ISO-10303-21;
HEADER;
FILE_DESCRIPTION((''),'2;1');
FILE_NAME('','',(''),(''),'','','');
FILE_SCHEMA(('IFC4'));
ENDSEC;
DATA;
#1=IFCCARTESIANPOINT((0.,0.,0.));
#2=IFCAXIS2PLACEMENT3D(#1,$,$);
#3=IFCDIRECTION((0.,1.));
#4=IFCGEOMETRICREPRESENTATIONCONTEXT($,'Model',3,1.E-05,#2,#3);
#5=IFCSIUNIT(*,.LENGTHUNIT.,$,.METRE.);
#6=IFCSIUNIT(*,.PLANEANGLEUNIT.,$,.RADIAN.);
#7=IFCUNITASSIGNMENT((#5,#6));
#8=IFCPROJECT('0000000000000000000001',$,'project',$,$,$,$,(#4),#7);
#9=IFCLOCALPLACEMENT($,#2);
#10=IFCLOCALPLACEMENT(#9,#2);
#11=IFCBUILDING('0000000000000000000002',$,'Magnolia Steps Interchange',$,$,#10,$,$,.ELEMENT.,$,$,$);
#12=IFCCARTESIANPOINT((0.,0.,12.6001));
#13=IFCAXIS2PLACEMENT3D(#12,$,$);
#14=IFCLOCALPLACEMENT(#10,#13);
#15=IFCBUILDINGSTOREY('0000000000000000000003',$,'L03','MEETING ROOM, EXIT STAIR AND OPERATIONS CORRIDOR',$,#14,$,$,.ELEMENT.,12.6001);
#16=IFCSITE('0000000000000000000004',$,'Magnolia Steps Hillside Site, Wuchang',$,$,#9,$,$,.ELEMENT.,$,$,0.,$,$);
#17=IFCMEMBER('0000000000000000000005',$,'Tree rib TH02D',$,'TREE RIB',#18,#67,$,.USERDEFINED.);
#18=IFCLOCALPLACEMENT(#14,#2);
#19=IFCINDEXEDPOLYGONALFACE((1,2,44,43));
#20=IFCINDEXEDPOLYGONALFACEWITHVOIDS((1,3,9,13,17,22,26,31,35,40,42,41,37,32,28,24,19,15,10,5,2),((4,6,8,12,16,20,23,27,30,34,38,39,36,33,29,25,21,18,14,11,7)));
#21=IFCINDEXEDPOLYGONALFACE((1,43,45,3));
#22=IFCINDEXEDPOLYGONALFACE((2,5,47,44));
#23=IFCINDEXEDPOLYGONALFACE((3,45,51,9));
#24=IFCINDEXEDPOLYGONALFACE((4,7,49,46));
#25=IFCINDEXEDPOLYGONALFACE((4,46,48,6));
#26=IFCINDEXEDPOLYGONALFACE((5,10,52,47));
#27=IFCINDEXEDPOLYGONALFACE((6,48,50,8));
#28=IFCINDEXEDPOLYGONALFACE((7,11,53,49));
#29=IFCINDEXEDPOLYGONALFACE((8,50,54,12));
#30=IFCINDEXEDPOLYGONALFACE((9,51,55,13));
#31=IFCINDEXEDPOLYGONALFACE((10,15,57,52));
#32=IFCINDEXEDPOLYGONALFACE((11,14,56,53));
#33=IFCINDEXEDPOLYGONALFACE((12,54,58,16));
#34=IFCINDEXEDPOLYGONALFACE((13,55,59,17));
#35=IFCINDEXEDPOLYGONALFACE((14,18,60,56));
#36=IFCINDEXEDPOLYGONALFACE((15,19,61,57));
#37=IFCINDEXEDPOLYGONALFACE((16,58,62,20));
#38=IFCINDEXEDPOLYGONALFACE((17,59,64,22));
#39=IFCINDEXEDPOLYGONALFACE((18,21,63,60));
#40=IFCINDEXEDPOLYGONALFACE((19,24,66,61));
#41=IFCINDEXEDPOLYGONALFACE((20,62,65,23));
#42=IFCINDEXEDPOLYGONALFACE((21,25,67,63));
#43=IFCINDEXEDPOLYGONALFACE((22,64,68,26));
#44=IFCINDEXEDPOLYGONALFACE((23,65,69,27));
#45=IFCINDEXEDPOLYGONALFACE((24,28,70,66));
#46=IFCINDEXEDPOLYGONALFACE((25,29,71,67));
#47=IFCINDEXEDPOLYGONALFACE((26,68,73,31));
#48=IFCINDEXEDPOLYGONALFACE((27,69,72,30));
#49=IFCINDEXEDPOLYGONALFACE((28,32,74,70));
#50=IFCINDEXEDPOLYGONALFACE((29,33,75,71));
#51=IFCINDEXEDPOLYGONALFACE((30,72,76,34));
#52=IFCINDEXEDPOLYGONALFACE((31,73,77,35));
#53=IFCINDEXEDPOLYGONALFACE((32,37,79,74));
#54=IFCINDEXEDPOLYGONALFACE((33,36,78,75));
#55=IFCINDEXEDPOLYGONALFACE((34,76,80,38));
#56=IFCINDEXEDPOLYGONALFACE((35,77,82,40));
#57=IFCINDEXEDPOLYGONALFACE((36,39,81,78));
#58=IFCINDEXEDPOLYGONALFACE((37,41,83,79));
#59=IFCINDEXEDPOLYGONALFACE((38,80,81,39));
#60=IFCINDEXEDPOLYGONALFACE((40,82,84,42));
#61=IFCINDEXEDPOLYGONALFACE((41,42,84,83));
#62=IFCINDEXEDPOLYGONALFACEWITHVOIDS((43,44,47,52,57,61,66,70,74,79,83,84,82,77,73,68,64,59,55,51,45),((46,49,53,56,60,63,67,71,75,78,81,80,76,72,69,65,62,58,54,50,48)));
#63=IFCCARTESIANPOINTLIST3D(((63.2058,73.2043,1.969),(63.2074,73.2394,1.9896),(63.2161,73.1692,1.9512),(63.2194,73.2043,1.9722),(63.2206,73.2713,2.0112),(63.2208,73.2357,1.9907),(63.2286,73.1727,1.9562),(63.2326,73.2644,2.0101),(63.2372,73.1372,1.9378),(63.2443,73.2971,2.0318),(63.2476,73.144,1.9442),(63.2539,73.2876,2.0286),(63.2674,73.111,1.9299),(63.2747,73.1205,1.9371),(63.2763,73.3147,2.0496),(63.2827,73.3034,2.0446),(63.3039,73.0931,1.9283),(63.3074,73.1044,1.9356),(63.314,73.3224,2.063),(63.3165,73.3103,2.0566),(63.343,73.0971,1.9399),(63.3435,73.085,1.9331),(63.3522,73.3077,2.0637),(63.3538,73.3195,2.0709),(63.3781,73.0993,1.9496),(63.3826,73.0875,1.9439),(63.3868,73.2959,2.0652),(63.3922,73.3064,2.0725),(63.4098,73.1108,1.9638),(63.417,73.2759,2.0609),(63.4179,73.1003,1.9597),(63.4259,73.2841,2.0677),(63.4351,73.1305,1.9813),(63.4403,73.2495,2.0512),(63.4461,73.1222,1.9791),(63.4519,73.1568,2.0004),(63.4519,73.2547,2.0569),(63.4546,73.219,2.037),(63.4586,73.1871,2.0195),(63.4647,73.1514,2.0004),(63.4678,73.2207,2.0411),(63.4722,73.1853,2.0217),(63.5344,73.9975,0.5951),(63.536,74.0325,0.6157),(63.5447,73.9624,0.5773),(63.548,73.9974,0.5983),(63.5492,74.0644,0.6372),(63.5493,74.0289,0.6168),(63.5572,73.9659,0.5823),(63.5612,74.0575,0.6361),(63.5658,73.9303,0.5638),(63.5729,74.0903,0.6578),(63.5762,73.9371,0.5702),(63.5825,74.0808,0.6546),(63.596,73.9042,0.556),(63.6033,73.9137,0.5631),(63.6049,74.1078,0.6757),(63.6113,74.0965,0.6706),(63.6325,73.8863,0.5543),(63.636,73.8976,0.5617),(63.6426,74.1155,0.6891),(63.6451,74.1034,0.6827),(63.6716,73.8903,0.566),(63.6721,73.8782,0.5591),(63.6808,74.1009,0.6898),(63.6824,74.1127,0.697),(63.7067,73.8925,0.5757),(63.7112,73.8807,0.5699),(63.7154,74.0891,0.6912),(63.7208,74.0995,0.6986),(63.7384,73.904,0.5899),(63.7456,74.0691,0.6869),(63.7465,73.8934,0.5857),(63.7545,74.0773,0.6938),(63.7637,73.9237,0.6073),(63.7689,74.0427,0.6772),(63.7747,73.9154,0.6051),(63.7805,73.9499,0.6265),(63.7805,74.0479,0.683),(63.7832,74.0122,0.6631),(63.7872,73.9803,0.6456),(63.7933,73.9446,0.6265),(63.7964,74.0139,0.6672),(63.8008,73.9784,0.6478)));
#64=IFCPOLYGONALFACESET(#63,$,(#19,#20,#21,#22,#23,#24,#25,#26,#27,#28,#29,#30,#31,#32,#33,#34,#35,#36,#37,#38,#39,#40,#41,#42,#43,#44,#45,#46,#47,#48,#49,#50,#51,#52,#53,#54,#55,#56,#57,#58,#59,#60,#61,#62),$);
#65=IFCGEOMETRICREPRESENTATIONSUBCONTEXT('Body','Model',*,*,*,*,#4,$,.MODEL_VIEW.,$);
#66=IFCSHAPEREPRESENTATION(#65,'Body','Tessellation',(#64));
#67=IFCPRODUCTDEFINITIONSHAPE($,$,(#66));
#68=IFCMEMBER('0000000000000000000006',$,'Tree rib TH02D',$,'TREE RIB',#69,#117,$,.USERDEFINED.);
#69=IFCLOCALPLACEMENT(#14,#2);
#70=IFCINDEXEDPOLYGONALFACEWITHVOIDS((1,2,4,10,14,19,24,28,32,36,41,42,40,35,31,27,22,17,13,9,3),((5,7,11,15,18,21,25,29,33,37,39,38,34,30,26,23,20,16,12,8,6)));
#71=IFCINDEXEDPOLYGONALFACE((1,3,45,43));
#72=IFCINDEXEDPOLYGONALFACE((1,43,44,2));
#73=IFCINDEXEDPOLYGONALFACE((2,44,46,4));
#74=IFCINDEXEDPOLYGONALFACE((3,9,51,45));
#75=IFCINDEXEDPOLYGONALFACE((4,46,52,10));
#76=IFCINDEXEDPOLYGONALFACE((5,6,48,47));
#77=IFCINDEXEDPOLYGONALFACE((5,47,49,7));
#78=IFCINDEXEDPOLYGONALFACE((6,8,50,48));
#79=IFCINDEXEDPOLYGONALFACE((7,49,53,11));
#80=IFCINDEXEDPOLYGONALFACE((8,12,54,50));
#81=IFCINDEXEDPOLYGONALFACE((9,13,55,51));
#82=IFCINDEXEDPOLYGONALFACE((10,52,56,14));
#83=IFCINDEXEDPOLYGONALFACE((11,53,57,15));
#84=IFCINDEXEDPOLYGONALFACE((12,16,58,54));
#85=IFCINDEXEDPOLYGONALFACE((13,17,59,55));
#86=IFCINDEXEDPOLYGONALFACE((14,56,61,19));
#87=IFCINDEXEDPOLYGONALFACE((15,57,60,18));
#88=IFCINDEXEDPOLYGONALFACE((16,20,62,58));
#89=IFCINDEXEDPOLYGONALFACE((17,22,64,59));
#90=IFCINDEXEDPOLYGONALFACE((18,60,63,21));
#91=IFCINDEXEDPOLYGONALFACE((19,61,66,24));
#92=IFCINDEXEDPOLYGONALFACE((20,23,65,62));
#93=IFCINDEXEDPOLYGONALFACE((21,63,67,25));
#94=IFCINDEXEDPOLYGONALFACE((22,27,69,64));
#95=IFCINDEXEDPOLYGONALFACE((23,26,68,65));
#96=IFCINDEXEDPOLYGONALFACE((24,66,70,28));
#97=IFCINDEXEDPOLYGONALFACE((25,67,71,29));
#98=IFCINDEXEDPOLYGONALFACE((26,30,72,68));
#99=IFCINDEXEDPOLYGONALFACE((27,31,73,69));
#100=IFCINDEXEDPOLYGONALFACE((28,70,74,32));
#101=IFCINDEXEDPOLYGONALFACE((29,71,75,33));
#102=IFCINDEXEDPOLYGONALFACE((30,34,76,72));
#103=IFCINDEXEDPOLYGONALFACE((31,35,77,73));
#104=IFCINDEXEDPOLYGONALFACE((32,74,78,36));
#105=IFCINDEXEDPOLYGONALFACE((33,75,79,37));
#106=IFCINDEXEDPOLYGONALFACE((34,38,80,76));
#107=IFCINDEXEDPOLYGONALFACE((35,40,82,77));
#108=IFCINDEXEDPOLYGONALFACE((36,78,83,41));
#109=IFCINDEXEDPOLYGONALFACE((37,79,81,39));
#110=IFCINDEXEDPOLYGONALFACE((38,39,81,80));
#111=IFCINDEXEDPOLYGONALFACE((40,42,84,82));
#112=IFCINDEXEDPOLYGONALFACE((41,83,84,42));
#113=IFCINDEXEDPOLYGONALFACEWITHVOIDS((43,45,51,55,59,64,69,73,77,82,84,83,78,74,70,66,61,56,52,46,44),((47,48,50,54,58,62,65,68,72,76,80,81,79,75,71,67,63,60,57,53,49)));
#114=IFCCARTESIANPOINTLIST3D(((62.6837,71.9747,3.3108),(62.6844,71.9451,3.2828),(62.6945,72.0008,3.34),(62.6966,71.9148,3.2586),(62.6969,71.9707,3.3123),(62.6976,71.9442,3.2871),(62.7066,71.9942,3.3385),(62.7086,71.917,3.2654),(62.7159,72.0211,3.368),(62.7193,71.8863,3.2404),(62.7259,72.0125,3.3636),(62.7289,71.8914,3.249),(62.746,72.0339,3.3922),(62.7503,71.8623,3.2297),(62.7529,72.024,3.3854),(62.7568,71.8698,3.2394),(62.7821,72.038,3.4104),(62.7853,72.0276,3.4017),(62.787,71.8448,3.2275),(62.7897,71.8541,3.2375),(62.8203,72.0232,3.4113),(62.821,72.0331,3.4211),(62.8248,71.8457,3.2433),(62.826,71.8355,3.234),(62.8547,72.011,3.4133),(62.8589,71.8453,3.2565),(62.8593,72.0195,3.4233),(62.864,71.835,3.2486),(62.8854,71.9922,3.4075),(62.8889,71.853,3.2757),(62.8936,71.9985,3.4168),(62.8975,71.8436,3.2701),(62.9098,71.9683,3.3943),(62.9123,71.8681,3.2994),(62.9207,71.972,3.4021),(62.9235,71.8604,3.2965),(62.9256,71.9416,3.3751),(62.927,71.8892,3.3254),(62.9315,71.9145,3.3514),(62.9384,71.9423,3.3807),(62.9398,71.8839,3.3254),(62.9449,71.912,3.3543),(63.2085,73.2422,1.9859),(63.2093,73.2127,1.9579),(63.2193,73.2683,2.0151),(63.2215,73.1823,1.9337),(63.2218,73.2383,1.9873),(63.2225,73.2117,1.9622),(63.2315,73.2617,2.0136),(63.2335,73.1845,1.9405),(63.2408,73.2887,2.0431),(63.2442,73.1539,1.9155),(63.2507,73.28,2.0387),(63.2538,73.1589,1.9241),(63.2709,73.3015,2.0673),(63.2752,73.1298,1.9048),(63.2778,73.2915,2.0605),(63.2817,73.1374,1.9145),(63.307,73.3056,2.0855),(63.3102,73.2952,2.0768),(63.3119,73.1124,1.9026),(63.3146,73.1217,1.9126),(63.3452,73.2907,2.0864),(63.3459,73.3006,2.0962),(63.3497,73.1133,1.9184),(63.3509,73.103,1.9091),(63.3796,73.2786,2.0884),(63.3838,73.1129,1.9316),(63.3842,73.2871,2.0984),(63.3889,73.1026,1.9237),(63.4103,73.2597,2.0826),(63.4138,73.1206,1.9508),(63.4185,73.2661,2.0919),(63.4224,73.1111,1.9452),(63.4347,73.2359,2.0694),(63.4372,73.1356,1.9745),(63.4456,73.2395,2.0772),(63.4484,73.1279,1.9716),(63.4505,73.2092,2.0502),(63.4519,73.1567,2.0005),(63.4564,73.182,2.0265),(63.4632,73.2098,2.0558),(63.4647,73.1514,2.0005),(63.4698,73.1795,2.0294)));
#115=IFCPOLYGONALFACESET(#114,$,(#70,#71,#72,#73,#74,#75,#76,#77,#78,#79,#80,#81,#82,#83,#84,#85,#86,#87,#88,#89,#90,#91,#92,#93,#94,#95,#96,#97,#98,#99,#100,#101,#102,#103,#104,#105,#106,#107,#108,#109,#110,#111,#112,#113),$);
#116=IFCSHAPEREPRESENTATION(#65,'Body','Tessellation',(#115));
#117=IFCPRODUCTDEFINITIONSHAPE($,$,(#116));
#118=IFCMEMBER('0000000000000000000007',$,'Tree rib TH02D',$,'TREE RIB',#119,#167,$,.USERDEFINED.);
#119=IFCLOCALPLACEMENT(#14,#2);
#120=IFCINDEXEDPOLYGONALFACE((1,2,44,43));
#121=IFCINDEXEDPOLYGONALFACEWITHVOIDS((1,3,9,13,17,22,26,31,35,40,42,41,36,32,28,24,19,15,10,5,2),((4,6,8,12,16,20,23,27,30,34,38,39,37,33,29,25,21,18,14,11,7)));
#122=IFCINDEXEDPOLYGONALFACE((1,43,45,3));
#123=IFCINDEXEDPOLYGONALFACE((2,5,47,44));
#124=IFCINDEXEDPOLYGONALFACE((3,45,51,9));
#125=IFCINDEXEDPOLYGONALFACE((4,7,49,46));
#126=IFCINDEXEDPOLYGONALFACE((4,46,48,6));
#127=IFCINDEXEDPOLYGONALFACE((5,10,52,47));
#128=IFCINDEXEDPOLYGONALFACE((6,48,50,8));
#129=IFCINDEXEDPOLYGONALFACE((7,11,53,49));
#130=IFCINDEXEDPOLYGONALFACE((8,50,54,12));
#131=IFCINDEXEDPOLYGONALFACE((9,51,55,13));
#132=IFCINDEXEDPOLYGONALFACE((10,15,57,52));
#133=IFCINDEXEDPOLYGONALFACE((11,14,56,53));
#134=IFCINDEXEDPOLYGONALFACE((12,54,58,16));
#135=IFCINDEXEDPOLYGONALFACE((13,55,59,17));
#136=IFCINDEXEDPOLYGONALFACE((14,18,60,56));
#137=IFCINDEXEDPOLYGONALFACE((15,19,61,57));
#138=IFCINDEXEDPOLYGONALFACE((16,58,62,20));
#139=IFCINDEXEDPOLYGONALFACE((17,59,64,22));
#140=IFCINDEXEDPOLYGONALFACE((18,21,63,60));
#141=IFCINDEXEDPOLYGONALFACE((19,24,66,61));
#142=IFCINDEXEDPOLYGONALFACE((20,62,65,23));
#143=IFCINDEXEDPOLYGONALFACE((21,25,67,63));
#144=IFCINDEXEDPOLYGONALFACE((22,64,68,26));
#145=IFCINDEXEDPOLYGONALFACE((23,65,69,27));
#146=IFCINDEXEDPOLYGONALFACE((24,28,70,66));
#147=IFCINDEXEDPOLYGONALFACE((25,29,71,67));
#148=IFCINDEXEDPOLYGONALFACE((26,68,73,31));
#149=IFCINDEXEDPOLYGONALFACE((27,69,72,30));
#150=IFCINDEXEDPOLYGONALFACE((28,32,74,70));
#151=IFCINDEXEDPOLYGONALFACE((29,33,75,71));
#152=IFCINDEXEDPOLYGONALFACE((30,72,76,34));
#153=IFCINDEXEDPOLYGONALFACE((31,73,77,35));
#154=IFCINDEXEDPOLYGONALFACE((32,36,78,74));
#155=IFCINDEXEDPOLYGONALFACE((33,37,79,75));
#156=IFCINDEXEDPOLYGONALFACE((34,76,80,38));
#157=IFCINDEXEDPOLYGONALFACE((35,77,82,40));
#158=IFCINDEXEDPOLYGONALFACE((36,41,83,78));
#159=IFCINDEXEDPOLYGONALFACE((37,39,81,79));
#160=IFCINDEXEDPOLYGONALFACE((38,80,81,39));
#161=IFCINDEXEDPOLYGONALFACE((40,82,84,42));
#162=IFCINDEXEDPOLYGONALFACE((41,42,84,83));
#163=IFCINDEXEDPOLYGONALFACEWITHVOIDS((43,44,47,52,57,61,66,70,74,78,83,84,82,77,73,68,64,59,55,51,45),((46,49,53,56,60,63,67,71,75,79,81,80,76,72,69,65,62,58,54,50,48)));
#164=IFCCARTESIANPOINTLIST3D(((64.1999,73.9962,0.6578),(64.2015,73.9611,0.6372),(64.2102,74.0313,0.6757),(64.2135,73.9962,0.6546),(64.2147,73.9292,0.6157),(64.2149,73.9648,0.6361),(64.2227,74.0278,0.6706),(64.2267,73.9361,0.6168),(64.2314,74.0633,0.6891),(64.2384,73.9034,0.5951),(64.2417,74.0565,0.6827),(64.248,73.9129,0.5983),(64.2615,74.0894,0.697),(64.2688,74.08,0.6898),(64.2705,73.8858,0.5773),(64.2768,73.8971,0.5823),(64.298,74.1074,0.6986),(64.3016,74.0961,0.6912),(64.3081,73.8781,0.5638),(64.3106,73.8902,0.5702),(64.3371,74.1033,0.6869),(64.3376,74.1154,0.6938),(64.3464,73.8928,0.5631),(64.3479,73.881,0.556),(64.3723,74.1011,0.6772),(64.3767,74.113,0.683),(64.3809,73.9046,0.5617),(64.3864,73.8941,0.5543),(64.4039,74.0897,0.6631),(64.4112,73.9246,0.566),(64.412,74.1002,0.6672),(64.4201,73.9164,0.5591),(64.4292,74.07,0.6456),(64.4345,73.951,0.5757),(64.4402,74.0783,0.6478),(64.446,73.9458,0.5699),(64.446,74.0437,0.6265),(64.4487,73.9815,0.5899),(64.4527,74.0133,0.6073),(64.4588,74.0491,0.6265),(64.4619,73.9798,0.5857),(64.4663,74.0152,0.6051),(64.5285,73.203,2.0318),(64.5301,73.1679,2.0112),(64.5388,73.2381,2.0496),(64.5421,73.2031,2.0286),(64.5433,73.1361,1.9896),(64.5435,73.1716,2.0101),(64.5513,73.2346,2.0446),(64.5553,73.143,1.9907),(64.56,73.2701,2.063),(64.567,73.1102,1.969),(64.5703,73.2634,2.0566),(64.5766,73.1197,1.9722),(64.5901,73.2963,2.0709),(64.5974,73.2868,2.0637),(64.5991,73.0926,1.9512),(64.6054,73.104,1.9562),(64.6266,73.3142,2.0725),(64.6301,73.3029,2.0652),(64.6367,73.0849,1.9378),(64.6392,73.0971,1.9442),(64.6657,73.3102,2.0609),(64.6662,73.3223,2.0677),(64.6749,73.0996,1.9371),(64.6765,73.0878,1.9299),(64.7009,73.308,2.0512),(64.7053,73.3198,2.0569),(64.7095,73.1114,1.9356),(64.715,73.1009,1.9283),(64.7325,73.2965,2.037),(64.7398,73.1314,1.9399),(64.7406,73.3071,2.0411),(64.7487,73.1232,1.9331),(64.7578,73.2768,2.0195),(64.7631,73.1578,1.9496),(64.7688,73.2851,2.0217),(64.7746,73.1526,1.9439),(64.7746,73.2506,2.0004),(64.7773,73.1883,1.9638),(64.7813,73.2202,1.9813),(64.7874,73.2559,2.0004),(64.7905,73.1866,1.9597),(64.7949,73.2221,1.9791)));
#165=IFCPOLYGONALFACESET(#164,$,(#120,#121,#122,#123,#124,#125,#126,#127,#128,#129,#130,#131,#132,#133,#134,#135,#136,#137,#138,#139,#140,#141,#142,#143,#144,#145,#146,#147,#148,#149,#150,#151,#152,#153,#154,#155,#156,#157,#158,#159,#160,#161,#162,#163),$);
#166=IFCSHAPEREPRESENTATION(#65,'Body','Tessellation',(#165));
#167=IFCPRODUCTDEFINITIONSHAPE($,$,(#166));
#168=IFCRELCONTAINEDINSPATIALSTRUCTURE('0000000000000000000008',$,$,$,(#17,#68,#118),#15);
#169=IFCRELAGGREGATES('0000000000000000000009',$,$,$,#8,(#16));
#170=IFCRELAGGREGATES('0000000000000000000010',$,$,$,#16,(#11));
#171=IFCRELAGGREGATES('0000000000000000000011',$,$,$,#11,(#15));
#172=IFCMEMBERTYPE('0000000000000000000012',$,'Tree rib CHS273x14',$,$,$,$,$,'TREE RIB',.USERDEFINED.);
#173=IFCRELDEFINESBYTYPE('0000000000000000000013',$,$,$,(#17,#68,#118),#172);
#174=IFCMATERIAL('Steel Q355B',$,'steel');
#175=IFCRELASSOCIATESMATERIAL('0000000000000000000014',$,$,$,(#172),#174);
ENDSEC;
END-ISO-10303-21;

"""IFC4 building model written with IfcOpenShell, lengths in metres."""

from ifc_helpers import new_model, si_unit, direction, frame, origin, origin_2d, place, context, subcontext, project, spatial, hollow_circle, extrude, material, material_profile, profile_set, type_object, element, save


model = new_model("IFC4")

# Units and contexts
model_context = context("Model", 3, precision=1e-05, world=origin(), true_north=direction((0.0, 1.0)))
body_context = subcontext(model_context, "Body", "Model", "MODEL_VIEW")
ifc_project = project(units=[si_unit("LENGTHUNIT", "METRE"), si_unit("PLANEANGLEUNIT", "RADIAN")], contexts=[model_context])

# Site, building, storey
site_placement = place(None, origin())
site = spatial("IfcSite", under=ifc_project, at=site_placement, Name="Magnolia Steps Hillside Site, Wuchang", CompositionType="ELEMENT", RefElevation=0.0)
building_placement = place(site_placement, origin())
building = spatial("IfcBuilding", under=site, at=building_placement, Name="Magnolia Steps Interchange", CompositionType="ELEMENT")
storey_placement = place(building_placement, frame((0.0, 0.0, 12.6001)))
storey = spatial("IfcBuildingStorey", under=building, at=storey_placement, Name="L03", Description="MEETING ROOM, EXIT STAIR AND OPERATIONS CORRIDOR", CompositionType="ELEMENT", Elevation=12.6001)

# Members
ifc_material_1 = material(Name="Steel Q355B", Category="steel")
ifc_material_profile_1 = material_profile(ifc_material_1, hollow_circle(Radius=0.1365, WallThickness=0.0139, at=origin_2d()), Name="CHS273x14")
ifc_profile_set_1 = profile_set([ifc_material_profile_1], Name="Steel Q355B")
member_type = type_object("IfcMemberType", Name="Tree rib CHS273x14", ElementType="TREE RIB", PredefinedType="USERDEFINED", material=ifc_profile_set_1)
member_1_placement = place(storey_placement, frame((63.6672, 73.9968, 0.6265), z_axis=(-0.20282, -0.489571, 0.848047), x_axis=(0.923857, -0.382737, 0.0)))
element("IfcMember", 1, at=member_1_placement, inside=storey, type_object=member_type, Name="Tree rib TH02D", ObjectType="TREE RIB", PredefinedType="USERDEFINED", context=body_context, shape_type="SweptSolid", body=[
    extrude(hollow_circle(Radius=0.1365, WallThickness=0.0139, at=origin_2d()), origin(), (0.0, 0.0, 1.0), 1.6201),
])
member_2_placement = place(storey_placement, frame((63.3386, 73.2036, 2.0005), z_axis=(-0.275208, -0.664595, 0.694676), x_axis=(0.923917, -0.382593, 0.0)))
element("IfcMember", 2, at=member_2_placement, inside=storey, type_object=member_type, Name="Tree rib TH02D", ObjectType="TREE RIB", PredefinedType="USERDEFINED", context=body_context, shape_type="SweptSolid", body=[
    extrude(hollow_circle(Radius=0.1365, WallThickness=0.0139, at=origin_2d()), origin(), (0.0, 0.0, 1.0), 1.9072),
])
member_3_placement = place(storey_placement, frame((64.3328, 73.9968, 0.6265), z_axis=(0.20282, -0.489571, 0.848047), x_axis=(0.923857, 0.382737, 0.0)))
element("IfcMember", 3, at=member_3_placement, inside=storey, type_object=member_type, Name="Tree rib TH02D", ObjectType="TREE RIB", PredefinedType="USERDEFINED", context=body_context, shape_type="SweptSolid", body=[
    extrude(hollow_circle(Radius=0.1365, WallThickness=0.0139, at=origin_2d()), origin(), (0.0, 0.0, 1.0), 1.6201),
])

save(model, "model.ifc")
